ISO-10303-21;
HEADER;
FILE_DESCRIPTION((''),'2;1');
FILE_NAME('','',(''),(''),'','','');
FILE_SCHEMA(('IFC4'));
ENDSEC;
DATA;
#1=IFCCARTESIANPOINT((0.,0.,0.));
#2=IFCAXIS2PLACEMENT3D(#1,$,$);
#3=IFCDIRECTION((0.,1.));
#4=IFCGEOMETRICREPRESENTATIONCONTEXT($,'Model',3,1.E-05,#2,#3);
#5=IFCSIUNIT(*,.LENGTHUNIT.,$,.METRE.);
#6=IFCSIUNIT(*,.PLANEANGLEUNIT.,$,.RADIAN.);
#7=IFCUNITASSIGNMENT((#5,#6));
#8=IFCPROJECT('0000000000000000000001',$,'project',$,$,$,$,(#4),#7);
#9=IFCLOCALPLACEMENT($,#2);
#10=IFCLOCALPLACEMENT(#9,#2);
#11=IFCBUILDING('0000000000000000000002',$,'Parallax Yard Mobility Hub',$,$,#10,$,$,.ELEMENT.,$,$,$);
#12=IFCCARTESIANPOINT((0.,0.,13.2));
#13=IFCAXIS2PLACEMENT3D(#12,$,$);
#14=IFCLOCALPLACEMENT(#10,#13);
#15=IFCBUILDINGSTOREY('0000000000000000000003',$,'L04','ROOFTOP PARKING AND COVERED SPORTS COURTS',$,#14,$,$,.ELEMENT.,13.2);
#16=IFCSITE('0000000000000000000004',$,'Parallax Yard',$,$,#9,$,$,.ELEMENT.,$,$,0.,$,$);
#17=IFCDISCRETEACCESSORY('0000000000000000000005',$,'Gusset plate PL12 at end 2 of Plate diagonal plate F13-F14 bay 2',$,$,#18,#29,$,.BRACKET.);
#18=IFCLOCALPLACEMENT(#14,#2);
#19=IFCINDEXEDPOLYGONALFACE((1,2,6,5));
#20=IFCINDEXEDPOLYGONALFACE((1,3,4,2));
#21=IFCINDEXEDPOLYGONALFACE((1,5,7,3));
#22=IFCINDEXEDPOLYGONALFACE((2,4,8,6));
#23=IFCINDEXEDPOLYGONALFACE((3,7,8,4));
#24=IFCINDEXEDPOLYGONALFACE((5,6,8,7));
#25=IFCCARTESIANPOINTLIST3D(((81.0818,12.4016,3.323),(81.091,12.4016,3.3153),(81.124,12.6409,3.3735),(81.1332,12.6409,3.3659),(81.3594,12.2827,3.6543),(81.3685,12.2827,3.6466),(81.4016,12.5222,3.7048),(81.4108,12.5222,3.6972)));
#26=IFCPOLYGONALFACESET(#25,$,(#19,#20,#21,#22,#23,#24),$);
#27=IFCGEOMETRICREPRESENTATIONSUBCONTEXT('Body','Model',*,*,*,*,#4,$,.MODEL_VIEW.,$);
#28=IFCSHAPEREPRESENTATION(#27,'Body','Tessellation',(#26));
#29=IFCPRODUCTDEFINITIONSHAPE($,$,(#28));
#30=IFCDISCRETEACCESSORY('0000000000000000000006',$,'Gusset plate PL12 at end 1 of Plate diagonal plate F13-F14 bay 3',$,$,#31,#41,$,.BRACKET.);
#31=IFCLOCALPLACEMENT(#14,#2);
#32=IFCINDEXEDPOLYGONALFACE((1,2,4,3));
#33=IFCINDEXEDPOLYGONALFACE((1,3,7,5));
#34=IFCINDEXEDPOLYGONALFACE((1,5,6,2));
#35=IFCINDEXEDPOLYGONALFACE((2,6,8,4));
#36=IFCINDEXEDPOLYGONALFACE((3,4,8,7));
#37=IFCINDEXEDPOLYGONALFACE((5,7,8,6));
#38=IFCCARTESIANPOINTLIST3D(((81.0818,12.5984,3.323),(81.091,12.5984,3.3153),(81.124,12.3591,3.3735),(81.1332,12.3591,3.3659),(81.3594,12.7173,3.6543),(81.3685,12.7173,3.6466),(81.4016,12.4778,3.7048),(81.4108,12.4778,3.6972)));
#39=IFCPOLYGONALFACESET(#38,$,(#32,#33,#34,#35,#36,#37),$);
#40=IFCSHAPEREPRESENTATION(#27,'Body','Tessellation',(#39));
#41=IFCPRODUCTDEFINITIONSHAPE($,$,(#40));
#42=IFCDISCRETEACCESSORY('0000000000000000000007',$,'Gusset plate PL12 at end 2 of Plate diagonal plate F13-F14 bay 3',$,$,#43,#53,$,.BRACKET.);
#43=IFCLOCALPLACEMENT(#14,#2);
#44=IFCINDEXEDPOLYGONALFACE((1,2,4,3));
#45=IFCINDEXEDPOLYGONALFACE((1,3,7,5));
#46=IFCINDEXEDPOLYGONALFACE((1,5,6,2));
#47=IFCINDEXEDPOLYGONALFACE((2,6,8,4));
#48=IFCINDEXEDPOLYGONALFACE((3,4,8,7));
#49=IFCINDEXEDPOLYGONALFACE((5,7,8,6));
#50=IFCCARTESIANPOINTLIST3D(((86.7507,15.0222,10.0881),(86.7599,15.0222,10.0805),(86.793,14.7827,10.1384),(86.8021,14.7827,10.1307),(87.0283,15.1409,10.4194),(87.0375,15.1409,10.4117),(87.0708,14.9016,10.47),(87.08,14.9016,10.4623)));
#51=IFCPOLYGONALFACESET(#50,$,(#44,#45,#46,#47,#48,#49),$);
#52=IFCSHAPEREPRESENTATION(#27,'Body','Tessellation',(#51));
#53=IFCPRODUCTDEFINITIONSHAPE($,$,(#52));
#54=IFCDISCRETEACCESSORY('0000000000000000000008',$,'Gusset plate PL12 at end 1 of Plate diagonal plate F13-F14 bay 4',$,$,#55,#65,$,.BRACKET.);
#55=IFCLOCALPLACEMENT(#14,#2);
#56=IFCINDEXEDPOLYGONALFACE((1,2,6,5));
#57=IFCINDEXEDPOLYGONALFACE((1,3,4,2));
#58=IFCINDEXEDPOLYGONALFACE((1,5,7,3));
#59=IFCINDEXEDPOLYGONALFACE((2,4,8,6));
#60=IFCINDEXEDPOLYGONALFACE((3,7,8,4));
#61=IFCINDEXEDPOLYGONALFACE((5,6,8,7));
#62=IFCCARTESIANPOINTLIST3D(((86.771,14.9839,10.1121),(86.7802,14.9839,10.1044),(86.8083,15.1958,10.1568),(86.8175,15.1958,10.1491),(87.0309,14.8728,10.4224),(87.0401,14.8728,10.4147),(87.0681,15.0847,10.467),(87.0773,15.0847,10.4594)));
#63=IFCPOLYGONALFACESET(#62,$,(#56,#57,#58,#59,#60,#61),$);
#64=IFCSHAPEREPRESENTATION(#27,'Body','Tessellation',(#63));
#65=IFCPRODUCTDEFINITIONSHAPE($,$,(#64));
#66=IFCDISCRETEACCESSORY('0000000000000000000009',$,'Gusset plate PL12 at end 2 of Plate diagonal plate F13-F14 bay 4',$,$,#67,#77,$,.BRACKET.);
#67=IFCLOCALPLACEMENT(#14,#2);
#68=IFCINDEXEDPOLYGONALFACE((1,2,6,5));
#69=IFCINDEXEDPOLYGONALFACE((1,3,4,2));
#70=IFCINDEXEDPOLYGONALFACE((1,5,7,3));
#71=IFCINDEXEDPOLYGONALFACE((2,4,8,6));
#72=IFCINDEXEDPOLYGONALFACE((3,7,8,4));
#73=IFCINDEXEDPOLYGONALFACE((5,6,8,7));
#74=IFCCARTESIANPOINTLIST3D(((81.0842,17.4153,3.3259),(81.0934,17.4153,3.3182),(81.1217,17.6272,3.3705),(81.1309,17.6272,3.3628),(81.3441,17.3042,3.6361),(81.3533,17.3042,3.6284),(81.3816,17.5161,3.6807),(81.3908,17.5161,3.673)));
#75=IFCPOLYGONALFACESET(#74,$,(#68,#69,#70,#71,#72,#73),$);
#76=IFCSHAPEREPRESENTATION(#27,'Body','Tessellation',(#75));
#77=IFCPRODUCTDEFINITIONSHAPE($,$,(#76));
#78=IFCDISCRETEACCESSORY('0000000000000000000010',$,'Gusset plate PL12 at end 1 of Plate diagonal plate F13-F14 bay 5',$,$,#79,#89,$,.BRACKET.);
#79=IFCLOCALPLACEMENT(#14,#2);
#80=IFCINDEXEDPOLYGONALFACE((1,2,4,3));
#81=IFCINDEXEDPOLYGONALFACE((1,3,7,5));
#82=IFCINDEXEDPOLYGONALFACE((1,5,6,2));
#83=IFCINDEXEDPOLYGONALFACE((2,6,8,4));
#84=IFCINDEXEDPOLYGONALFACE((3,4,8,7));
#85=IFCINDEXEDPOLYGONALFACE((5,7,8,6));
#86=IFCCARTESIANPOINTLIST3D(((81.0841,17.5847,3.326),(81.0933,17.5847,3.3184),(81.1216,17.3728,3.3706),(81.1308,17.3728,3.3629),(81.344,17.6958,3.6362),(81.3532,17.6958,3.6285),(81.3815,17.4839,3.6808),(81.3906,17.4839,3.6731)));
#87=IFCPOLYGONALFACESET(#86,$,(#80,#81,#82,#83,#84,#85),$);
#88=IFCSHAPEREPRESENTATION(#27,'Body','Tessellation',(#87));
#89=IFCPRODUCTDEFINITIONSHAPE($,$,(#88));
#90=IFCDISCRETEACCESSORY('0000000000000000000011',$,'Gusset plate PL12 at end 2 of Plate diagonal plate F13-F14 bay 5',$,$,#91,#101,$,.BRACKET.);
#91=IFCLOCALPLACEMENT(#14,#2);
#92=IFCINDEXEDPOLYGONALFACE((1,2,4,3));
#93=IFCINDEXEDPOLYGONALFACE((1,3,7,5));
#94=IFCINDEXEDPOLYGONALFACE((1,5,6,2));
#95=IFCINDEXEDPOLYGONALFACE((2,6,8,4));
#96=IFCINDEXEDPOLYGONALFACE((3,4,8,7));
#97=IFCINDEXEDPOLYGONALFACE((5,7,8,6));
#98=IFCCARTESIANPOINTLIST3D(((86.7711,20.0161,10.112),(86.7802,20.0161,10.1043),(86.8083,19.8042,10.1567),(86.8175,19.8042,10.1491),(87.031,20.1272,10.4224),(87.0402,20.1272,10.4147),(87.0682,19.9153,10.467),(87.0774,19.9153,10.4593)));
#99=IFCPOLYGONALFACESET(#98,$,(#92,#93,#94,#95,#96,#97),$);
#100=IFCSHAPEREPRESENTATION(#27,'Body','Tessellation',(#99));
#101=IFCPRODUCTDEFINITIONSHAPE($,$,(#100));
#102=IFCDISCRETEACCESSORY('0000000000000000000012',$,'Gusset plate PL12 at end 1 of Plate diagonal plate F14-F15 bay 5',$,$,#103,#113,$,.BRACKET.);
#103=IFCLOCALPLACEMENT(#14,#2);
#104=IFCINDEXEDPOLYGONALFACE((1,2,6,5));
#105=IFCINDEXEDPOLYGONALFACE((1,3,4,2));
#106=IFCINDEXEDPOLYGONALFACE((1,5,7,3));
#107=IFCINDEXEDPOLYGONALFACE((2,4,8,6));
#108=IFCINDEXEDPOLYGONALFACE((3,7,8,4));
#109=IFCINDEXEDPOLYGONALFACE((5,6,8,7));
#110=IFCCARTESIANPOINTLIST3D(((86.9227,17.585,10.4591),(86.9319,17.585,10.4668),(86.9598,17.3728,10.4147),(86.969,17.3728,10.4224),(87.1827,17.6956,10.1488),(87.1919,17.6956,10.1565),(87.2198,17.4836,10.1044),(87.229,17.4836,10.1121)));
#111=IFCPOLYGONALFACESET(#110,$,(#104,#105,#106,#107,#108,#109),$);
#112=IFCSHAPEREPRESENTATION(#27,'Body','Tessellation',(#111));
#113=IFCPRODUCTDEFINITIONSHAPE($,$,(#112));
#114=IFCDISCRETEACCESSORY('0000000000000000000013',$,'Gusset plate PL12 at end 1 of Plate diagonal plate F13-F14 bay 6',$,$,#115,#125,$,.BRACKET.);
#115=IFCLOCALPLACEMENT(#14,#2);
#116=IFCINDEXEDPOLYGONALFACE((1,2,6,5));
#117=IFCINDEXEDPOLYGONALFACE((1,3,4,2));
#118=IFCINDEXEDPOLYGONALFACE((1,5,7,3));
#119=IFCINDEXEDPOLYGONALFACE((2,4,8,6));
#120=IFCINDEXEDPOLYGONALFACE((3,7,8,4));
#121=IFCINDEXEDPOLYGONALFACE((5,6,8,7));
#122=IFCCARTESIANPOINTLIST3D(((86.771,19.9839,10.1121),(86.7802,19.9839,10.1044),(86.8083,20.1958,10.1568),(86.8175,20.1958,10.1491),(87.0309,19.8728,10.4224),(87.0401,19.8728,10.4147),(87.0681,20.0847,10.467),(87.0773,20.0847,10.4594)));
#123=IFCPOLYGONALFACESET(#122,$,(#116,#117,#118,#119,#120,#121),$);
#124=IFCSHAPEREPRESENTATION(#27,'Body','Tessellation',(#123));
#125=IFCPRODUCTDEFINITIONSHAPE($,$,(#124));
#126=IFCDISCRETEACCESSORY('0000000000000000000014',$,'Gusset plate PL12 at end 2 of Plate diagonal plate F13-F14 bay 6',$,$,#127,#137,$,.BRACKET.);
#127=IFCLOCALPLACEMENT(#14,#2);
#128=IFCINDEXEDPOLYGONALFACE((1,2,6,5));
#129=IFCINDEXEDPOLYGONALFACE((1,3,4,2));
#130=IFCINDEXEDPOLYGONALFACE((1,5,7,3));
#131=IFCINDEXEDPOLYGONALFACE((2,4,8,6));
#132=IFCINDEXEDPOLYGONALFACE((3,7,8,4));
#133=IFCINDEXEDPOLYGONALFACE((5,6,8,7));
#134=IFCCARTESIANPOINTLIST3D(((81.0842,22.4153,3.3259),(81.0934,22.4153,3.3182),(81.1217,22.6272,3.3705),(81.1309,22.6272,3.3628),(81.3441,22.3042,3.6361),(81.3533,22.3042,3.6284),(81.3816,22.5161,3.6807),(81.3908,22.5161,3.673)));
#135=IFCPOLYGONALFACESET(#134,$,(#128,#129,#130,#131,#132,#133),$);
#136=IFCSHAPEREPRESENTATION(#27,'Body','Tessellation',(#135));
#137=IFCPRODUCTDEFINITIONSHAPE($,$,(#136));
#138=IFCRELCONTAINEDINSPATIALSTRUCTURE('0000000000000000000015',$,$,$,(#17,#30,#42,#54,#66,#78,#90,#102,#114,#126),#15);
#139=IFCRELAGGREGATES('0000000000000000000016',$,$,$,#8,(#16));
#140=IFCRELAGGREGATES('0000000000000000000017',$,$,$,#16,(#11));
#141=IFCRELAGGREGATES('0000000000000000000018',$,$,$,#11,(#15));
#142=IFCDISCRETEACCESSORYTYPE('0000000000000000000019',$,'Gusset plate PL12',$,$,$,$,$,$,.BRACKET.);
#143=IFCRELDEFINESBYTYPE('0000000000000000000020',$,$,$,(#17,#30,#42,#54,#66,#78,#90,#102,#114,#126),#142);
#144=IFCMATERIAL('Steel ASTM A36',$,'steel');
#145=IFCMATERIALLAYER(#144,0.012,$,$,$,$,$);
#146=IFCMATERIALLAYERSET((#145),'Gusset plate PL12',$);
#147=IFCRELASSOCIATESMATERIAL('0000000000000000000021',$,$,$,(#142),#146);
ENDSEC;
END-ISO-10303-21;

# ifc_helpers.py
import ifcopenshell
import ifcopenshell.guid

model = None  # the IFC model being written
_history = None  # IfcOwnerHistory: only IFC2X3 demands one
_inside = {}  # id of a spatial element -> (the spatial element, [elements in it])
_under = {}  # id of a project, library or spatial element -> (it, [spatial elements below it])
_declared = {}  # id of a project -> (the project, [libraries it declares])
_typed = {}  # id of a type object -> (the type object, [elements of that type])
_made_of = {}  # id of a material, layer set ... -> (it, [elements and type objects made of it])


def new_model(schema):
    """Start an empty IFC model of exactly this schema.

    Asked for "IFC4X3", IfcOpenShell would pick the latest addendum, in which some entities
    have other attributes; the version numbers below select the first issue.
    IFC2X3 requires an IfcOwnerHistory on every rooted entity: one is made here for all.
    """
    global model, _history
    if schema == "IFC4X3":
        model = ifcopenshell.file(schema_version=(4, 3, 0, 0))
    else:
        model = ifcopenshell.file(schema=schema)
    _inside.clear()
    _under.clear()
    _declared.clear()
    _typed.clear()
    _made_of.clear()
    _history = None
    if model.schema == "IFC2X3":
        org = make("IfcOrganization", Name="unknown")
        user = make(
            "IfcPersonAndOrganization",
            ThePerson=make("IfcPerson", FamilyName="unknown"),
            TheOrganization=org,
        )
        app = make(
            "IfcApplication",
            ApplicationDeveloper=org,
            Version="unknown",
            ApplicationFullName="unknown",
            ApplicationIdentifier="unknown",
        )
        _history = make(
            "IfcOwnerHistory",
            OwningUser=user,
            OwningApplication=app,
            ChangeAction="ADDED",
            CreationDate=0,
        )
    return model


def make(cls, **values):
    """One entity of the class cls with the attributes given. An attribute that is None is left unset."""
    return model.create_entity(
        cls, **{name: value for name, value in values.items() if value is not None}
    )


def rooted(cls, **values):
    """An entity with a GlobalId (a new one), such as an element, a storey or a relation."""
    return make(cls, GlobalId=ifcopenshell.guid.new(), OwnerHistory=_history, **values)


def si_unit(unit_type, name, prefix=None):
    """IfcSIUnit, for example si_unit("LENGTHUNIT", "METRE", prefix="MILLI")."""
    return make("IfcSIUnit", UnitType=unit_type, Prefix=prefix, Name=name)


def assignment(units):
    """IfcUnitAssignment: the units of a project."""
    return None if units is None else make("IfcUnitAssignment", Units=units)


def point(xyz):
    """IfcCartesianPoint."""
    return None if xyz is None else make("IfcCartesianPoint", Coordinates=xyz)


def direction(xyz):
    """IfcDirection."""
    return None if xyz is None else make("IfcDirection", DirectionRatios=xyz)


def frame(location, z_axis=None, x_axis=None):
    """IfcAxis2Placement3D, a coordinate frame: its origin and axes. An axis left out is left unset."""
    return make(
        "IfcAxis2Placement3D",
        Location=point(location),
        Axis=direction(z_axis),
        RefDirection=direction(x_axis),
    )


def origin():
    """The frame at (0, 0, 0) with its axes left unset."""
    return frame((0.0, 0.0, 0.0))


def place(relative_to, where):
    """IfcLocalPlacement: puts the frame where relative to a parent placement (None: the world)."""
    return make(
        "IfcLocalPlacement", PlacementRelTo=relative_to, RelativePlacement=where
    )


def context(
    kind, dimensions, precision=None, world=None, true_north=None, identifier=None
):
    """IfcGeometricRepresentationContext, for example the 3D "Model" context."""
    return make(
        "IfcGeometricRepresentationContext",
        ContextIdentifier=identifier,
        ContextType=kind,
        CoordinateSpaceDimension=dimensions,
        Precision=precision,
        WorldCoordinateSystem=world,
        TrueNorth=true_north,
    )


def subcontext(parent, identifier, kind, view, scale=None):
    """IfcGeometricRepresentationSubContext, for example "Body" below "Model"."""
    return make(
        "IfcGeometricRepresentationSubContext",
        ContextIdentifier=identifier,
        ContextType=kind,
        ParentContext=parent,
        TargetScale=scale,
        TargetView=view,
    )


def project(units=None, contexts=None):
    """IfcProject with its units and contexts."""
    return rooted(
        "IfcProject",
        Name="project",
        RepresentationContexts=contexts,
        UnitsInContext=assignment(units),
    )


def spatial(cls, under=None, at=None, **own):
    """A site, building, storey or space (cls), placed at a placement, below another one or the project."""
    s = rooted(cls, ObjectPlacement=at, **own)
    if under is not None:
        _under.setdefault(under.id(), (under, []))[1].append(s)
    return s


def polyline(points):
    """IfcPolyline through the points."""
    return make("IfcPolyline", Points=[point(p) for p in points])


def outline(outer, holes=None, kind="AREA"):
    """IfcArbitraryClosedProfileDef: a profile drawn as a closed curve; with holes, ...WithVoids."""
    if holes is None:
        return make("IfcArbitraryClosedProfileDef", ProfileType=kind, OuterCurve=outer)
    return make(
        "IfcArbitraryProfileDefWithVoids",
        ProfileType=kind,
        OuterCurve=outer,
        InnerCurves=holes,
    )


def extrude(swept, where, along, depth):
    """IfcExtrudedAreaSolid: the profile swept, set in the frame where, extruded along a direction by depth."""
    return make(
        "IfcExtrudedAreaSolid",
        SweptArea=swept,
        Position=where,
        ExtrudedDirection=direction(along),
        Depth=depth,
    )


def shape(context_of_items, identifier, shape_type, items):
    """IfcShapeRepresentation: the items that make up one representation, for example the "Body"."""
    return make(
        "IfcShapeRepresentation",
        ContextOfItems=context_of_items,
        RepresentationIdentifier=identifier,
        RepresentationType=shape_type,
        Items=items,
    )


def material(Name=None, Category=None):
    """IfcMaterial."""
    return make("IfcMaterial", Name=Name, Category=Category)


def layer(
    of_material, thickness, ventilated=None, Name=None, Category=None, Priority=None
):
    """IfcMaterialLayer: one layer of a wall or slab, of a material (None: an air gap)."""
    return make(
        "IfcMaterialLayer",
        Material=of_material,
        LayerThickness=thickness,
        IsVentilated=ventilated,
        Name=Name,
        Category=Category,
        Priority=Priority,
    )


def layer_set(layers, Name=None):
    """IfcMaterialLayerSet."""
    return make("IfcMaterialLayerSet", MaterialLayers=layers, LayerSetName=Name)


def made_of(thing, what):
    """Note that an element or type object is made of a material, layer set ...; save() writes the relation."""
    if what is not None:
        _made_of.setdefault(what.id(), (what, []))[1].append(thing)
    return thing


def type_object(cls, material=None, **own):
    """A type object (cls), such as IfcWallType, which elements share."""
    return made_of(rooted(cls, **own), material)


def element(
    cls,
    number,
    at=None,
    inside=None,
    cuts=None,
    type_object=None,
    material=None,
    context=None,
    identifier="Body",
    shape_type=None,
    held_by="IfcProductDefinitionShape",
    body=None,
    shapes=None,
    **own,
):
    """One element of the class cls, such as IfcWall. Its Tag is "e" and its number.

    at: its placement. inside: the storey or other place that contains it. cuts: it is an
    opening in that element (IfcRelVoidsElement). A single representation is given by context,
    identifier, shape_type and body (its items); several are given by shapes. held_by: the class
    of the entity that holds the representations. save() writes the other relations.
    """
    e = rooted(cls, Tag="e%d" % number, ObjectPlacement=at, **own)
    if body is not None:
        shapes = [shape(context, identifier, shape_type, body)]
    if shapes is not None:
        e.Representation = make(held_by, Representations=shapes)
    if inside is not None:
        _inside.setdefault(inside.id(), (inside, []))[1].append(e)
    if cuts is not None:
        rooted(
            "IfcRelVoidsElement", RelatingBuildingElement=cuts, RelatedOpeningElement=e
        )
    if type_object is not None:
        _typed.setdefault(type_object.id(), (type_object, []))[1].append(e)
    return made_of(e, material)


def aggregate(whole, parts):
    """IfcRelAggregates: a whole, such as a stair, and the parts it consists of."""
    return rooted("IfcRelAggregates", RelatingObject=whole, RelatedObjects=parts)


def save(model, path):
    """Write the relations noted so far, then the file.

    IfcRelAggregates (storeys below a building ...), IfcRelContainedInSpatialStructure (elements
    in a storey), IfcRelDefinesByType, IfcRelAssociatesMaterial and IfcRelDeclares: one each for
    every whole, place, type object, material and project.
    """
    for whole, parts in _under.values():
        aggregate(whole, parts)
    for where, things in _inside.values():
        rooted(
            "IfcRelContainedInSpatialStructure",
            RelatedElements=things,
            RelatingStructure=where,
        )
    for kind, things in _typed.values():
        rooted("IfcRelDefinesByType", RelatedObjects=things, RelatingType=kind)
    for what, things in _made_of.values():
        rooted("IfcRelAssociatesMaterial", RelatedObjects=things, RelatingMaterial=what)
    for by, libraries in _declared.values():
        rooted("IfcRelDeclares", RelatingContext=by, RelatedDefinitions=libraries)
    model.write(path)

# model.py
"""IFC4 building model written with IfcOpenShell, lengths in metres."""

from ifc_helpers import new_model, si_unit, direction, frame, origin, place, context, subcontext, project, spatial, polyline, outline, extrude, material, layer, layer_set, type_object, element, save


model = new_model("IFC4")

# Units and contexts
model_context = context("Model", 3, precision=1e-05, world=origin(), true_north=direction((0.0, 1.0)))
body_context = subcontext(model_context, "Body", "Model", "MODEL_VIEW")
ifc_project = project(units=[si_unit("LENGTHUNIT", "METRE"), si_unit("PLANEANGLEUNIT", "RADIAN")], contexts=[model_context])

# Site, building, storey
site_placement = place(None, origin())
site = spatial("IfcSite", under=ifc_project, at=site_placement, Name="Parallax Yard", CompositionType="ELEMENT", RefElevation=0.0)
building_placement = place(site_placement, origin())
building = spatial("IfcBuilding", under=site, at=building_placement, Name="Parallax Yard Mobility Hub", CompositionType="ELEMENT")
storey_placement = place(building_placement, frame((0.0, 0.0, 13.2)))
storey = spatial("IfcBuildingStorey", under=building, at=storey_placement, Name="L04", Description="ROOFTOP PARKING AND COVERED SPORTS COURTS", CompositionType="ELEMENT", Elevation=13.2)

# Discrete accessories
ifc_material_1 = material(Name="Steel ASTM A36", Category="steel")
ifc_layer_1 = layer(ifc_material_1, 0.012)
ifc_layer_set_1 = layer_set([ifc_layer_1], Name="Gusset plate PL12")
discrete_accessory_type = type_object("IfcDiscreteAccessoryType", Name="Gusset plate PL12", PredefinedType="BRACKET", material=ifc_layer_set_1)
discrete_accessory_1_placement = place(storey_placement, frame((81.4016, 12.5222, 3.7048), z_axis=(-0.766562, -0.00032, 0.64217), x_axis=(-0.619325, 0.264725, -0.73916)))
element("IfcDiscreteAccessory", 1, at=discrete_accessory_1_placement, inside=storey, type_object=discrete_accessory_type, Name="Gusset plate PL12 at end 2 of Plate diagonal plate F13-F14 bay 2", PredefinedType="BRACKET", context=body_context, shape_type="SweptSolid", body=[
    extrude(outline(polyline([(0.0, 0.0), (0.4482, 0.0), (0.4484, 0.2482), (0.0001, 0.2484), (0.0, 0.0)])), origin(), (0.0, 0.0, -1.0), 0.012),
])
discrete_accessory_2_placement = place(storey_placement, frame((81.3594, 12.7173, 3.6543), z_axis=(-0.766562, 0.00032, 0.64217), x_axis=(-0.619236, -0.265231, -0.739053)))
element("IfcDiscreteAccessory", 2, at=discrete_accessory_2_placement, inside=storey, type_object=discrete_accessory_type, Name="Gusset plate PL12 at end 1 of Plate diagonal plate F13-F14 bay 3", PredefinedType="BRACKET", context=body_context, shape_type="SweptSolid", body=[
    extrude(outline(polyline([(0.0, 0.0), (0.4483, 0.0), (0.4482, 0.2482), (0.0, 0.2484), (0.0, 0.0)])), origin(), (0.0, 0.0, -1.0), 0.012),
])
discrete_accessory_3_placement = place(storey_placement, frame((86.793, 14.7827, 10.1384), z_axis=(-0.766423, -0.000339, 0.642336), x_axis=(0.619296, 0.265035, 0.739073)))
element("IfcDiscreteAccessory", 3, at=discrete_accessory_3_placement, inside=storey, type_object=discrete_accessory_type, Name="Gusset plate PL12 at end 2 of Plate diagonal plate F13-F14 bay 3", PredefinedType="BRACKET", context=body_context, shape_type="SweptSolid", body=[
    extrude(outline(polyline([(0.0, 0.0), (0.4486, 0.0), (0.4484, 0.2482), (0.0001, 0.2483), (0.0, 0.0)])), origin(), (0.0, 0.0, -1.0), 0.012),
])
discrete_accessory_4_placement = place(storey_placement, frame((86.771, 14.9839, 10.1121), z_axis=(-0.766748, -0.000631, 0.641948), x_axis=(0.619194, -0.264611, 0.73931)))
element("IfcDiscreteAccessory", 4, at=discrete_accessory_4_placement, inside=storey, type_object=discrete_accessory_type, Name="Gusset plate PL12 at end 1 of Plate diagonal plate F13-F14 bay 4", PredefinedType="BRACKET", context=body_context, shape_type="SweptSolid", body=[
    extrude(outline(polyline([(0.0, 0.0), (0.4198, 0.0), (0.4197, 0.2197), (0.0001, 0.2198), (0.0, 0.0)])), origin(), (0.0, 0.0, -1.0), 0.012),
])
discrete_accessory_5_placement = place(storey_placement, frame((81.3816, 17.5161, 3.6807), z_axis=(-0.766427, 0.000485, 0.642331), x_axis=(-0.619317, 0.264725, -0.739166)))
element("IfcDiscreteAccessory", 5, at=discrete_accessory_5_placement, inside=storey, type_object=discrete_accessory_type, Name="Gusset plate PL12 at end 2 of Plate diagonal plate F13-F14 bay 4", PredefinedType="BRACKET", context=body_context, shape_type="SweptSolid", body=[
    extrude(outline(polyline([(0.0, 0.0), (0.4196, 0.0), (0.4197, 0.2198), (0.0, 0.2198), (0.0, 0.0)])), origin(), (0.0, 0.0, -1.0), 0.012),
])
discrete_accessory_6_placement = place(storey_placement, frame((81.344, 17.6958, 3.6362), z_axis=(-0.766427, -0.000485, 0.642331), x_axis=(-0.61932, -0.264707, -0.73917)))
element("IfcDiscreteAccessory", 6, at=discrete_accessory_6_placement, inside=storey, type_object=discrete_accessory_type, Name="Gusset plate PL12 at end 1 of Plate diagonal plate F13-F14 bay 5", PredefinedType="BRACKET", context=body_context, shape_type="SweptSolid", body=[
    extrude(outline(polyline([(0.0, 0.0), (0.4196, 0.0), (0.4196, 0.2198), (0.0, 0.2198), (0.0, 0.0)])), origin(), (0.0, 0.0, -1.0), 0.012),
])
discrete_accessory_7_placement = place(storey_placement, frame((86.8083, 19.8042, 10.1567), z_axis=(-0.766748, 0.000631, 0.641948), x_axis=(0.619177, 0.264707, 0.73929)))
element("IfcDiscreteAccessory", 7, at=discrete_accessory_7_placement, inside=storey, type_object=discrete_accessory_type, Name="Gusset plate PL12 at end 2 of Plate diagonal plate F13-F14 bay 5", PredefinedType="BRACKET", context=body_context, shape_type="SweptSolid", body=[
    extrude(outline(polyline([(0.0, 0.0), (0.4196, 0.0), (0.4197, 0.2197), (-0.0001, 0.2198), (0.0, 0.0)])), origin(), (0.0, 0.0, -1.0), 0.012),
])
discrete_accessory_8_placement = place(storey_placement, frame((87.1919, 17.6956, 10.1565), z_axis=(0.766561, -0.000412, 0.642172), x_axis=(-0.619555, -0.263529, 0.739394)))
element("IfcDiscreteAccessory", 8, at=discrete_accessory_8_placement, inside=storey, type_object=discrete_accessory_type, Name="Gusset plate PL12 at end 1 of Plate diagonal plate F14-F15 bay 5", PredefinedType="BRACKET", context=body_context, shape_type="SweptSolid", body=[
    extrude(outline(polyline([(0.0, 0.0), (0.4197, 0.0), (0.4197, 0.2199), (0.0, 0.2197), (0.0, 0.0)])), origin(), (0.0, 0.0, -1.0), 0.012),
])
discrete_accessory_9_placement = place(storey_placement, frame((86.771, 19.9839, 10.1121), z_axis=(-0.766748, -0.000631, 0.641948), x_axis=(0.619194, -0.264611, 0.73931)))
element("IfcDiscreteAccessory", 9, at=discrete_accessory_9_placement, inside=storey, type_object=discrete_accessory_type, Name="Gusset plate PL12 at end 1 of Plate diagonal plate F13-F14 bay 6", PredefinedType="BRACKET", context=body_context, shape_type="SweptSolid", body=[
    extrude(outline(polyline([(0.0, 0.0), (0.4198, 0.0), (0.4197, 0.2197), (0.0001, 0.2198), (0.0, 0.0)])), origin(), (0.0, 0.0, -1.0), 0.012),
])
discrete_accessory_10_placement = place(storey_placement, frame((81.3816, 22.5161, 3.6807), z_axis=(-0.766427, 0.000485, 0.642331), x_axis=(-0.619317, 0.264725, -0.739166)))
element("IfcDiscreteAccessory", 10, at=discrete_accessory_10_placement, inside=storey, type_object=discrete_accessory_type, Name="Gusset plate PL12 at end 2 of Plate diagonal plate F13-F14 bay 6", PredefinedType="BRACKET", context=body_context, shape_type="SweptSolid", body=[
    extrude(outline(polyline([(0.0, 0.0), (0.4196, 0.0), (0.4197, 0.2198), (0.0, 0.2198), (0.0, 0.0)])), origin(), (0.0, 0.0, -1.0), 0.012),
])

save(model, "model.ifc")
